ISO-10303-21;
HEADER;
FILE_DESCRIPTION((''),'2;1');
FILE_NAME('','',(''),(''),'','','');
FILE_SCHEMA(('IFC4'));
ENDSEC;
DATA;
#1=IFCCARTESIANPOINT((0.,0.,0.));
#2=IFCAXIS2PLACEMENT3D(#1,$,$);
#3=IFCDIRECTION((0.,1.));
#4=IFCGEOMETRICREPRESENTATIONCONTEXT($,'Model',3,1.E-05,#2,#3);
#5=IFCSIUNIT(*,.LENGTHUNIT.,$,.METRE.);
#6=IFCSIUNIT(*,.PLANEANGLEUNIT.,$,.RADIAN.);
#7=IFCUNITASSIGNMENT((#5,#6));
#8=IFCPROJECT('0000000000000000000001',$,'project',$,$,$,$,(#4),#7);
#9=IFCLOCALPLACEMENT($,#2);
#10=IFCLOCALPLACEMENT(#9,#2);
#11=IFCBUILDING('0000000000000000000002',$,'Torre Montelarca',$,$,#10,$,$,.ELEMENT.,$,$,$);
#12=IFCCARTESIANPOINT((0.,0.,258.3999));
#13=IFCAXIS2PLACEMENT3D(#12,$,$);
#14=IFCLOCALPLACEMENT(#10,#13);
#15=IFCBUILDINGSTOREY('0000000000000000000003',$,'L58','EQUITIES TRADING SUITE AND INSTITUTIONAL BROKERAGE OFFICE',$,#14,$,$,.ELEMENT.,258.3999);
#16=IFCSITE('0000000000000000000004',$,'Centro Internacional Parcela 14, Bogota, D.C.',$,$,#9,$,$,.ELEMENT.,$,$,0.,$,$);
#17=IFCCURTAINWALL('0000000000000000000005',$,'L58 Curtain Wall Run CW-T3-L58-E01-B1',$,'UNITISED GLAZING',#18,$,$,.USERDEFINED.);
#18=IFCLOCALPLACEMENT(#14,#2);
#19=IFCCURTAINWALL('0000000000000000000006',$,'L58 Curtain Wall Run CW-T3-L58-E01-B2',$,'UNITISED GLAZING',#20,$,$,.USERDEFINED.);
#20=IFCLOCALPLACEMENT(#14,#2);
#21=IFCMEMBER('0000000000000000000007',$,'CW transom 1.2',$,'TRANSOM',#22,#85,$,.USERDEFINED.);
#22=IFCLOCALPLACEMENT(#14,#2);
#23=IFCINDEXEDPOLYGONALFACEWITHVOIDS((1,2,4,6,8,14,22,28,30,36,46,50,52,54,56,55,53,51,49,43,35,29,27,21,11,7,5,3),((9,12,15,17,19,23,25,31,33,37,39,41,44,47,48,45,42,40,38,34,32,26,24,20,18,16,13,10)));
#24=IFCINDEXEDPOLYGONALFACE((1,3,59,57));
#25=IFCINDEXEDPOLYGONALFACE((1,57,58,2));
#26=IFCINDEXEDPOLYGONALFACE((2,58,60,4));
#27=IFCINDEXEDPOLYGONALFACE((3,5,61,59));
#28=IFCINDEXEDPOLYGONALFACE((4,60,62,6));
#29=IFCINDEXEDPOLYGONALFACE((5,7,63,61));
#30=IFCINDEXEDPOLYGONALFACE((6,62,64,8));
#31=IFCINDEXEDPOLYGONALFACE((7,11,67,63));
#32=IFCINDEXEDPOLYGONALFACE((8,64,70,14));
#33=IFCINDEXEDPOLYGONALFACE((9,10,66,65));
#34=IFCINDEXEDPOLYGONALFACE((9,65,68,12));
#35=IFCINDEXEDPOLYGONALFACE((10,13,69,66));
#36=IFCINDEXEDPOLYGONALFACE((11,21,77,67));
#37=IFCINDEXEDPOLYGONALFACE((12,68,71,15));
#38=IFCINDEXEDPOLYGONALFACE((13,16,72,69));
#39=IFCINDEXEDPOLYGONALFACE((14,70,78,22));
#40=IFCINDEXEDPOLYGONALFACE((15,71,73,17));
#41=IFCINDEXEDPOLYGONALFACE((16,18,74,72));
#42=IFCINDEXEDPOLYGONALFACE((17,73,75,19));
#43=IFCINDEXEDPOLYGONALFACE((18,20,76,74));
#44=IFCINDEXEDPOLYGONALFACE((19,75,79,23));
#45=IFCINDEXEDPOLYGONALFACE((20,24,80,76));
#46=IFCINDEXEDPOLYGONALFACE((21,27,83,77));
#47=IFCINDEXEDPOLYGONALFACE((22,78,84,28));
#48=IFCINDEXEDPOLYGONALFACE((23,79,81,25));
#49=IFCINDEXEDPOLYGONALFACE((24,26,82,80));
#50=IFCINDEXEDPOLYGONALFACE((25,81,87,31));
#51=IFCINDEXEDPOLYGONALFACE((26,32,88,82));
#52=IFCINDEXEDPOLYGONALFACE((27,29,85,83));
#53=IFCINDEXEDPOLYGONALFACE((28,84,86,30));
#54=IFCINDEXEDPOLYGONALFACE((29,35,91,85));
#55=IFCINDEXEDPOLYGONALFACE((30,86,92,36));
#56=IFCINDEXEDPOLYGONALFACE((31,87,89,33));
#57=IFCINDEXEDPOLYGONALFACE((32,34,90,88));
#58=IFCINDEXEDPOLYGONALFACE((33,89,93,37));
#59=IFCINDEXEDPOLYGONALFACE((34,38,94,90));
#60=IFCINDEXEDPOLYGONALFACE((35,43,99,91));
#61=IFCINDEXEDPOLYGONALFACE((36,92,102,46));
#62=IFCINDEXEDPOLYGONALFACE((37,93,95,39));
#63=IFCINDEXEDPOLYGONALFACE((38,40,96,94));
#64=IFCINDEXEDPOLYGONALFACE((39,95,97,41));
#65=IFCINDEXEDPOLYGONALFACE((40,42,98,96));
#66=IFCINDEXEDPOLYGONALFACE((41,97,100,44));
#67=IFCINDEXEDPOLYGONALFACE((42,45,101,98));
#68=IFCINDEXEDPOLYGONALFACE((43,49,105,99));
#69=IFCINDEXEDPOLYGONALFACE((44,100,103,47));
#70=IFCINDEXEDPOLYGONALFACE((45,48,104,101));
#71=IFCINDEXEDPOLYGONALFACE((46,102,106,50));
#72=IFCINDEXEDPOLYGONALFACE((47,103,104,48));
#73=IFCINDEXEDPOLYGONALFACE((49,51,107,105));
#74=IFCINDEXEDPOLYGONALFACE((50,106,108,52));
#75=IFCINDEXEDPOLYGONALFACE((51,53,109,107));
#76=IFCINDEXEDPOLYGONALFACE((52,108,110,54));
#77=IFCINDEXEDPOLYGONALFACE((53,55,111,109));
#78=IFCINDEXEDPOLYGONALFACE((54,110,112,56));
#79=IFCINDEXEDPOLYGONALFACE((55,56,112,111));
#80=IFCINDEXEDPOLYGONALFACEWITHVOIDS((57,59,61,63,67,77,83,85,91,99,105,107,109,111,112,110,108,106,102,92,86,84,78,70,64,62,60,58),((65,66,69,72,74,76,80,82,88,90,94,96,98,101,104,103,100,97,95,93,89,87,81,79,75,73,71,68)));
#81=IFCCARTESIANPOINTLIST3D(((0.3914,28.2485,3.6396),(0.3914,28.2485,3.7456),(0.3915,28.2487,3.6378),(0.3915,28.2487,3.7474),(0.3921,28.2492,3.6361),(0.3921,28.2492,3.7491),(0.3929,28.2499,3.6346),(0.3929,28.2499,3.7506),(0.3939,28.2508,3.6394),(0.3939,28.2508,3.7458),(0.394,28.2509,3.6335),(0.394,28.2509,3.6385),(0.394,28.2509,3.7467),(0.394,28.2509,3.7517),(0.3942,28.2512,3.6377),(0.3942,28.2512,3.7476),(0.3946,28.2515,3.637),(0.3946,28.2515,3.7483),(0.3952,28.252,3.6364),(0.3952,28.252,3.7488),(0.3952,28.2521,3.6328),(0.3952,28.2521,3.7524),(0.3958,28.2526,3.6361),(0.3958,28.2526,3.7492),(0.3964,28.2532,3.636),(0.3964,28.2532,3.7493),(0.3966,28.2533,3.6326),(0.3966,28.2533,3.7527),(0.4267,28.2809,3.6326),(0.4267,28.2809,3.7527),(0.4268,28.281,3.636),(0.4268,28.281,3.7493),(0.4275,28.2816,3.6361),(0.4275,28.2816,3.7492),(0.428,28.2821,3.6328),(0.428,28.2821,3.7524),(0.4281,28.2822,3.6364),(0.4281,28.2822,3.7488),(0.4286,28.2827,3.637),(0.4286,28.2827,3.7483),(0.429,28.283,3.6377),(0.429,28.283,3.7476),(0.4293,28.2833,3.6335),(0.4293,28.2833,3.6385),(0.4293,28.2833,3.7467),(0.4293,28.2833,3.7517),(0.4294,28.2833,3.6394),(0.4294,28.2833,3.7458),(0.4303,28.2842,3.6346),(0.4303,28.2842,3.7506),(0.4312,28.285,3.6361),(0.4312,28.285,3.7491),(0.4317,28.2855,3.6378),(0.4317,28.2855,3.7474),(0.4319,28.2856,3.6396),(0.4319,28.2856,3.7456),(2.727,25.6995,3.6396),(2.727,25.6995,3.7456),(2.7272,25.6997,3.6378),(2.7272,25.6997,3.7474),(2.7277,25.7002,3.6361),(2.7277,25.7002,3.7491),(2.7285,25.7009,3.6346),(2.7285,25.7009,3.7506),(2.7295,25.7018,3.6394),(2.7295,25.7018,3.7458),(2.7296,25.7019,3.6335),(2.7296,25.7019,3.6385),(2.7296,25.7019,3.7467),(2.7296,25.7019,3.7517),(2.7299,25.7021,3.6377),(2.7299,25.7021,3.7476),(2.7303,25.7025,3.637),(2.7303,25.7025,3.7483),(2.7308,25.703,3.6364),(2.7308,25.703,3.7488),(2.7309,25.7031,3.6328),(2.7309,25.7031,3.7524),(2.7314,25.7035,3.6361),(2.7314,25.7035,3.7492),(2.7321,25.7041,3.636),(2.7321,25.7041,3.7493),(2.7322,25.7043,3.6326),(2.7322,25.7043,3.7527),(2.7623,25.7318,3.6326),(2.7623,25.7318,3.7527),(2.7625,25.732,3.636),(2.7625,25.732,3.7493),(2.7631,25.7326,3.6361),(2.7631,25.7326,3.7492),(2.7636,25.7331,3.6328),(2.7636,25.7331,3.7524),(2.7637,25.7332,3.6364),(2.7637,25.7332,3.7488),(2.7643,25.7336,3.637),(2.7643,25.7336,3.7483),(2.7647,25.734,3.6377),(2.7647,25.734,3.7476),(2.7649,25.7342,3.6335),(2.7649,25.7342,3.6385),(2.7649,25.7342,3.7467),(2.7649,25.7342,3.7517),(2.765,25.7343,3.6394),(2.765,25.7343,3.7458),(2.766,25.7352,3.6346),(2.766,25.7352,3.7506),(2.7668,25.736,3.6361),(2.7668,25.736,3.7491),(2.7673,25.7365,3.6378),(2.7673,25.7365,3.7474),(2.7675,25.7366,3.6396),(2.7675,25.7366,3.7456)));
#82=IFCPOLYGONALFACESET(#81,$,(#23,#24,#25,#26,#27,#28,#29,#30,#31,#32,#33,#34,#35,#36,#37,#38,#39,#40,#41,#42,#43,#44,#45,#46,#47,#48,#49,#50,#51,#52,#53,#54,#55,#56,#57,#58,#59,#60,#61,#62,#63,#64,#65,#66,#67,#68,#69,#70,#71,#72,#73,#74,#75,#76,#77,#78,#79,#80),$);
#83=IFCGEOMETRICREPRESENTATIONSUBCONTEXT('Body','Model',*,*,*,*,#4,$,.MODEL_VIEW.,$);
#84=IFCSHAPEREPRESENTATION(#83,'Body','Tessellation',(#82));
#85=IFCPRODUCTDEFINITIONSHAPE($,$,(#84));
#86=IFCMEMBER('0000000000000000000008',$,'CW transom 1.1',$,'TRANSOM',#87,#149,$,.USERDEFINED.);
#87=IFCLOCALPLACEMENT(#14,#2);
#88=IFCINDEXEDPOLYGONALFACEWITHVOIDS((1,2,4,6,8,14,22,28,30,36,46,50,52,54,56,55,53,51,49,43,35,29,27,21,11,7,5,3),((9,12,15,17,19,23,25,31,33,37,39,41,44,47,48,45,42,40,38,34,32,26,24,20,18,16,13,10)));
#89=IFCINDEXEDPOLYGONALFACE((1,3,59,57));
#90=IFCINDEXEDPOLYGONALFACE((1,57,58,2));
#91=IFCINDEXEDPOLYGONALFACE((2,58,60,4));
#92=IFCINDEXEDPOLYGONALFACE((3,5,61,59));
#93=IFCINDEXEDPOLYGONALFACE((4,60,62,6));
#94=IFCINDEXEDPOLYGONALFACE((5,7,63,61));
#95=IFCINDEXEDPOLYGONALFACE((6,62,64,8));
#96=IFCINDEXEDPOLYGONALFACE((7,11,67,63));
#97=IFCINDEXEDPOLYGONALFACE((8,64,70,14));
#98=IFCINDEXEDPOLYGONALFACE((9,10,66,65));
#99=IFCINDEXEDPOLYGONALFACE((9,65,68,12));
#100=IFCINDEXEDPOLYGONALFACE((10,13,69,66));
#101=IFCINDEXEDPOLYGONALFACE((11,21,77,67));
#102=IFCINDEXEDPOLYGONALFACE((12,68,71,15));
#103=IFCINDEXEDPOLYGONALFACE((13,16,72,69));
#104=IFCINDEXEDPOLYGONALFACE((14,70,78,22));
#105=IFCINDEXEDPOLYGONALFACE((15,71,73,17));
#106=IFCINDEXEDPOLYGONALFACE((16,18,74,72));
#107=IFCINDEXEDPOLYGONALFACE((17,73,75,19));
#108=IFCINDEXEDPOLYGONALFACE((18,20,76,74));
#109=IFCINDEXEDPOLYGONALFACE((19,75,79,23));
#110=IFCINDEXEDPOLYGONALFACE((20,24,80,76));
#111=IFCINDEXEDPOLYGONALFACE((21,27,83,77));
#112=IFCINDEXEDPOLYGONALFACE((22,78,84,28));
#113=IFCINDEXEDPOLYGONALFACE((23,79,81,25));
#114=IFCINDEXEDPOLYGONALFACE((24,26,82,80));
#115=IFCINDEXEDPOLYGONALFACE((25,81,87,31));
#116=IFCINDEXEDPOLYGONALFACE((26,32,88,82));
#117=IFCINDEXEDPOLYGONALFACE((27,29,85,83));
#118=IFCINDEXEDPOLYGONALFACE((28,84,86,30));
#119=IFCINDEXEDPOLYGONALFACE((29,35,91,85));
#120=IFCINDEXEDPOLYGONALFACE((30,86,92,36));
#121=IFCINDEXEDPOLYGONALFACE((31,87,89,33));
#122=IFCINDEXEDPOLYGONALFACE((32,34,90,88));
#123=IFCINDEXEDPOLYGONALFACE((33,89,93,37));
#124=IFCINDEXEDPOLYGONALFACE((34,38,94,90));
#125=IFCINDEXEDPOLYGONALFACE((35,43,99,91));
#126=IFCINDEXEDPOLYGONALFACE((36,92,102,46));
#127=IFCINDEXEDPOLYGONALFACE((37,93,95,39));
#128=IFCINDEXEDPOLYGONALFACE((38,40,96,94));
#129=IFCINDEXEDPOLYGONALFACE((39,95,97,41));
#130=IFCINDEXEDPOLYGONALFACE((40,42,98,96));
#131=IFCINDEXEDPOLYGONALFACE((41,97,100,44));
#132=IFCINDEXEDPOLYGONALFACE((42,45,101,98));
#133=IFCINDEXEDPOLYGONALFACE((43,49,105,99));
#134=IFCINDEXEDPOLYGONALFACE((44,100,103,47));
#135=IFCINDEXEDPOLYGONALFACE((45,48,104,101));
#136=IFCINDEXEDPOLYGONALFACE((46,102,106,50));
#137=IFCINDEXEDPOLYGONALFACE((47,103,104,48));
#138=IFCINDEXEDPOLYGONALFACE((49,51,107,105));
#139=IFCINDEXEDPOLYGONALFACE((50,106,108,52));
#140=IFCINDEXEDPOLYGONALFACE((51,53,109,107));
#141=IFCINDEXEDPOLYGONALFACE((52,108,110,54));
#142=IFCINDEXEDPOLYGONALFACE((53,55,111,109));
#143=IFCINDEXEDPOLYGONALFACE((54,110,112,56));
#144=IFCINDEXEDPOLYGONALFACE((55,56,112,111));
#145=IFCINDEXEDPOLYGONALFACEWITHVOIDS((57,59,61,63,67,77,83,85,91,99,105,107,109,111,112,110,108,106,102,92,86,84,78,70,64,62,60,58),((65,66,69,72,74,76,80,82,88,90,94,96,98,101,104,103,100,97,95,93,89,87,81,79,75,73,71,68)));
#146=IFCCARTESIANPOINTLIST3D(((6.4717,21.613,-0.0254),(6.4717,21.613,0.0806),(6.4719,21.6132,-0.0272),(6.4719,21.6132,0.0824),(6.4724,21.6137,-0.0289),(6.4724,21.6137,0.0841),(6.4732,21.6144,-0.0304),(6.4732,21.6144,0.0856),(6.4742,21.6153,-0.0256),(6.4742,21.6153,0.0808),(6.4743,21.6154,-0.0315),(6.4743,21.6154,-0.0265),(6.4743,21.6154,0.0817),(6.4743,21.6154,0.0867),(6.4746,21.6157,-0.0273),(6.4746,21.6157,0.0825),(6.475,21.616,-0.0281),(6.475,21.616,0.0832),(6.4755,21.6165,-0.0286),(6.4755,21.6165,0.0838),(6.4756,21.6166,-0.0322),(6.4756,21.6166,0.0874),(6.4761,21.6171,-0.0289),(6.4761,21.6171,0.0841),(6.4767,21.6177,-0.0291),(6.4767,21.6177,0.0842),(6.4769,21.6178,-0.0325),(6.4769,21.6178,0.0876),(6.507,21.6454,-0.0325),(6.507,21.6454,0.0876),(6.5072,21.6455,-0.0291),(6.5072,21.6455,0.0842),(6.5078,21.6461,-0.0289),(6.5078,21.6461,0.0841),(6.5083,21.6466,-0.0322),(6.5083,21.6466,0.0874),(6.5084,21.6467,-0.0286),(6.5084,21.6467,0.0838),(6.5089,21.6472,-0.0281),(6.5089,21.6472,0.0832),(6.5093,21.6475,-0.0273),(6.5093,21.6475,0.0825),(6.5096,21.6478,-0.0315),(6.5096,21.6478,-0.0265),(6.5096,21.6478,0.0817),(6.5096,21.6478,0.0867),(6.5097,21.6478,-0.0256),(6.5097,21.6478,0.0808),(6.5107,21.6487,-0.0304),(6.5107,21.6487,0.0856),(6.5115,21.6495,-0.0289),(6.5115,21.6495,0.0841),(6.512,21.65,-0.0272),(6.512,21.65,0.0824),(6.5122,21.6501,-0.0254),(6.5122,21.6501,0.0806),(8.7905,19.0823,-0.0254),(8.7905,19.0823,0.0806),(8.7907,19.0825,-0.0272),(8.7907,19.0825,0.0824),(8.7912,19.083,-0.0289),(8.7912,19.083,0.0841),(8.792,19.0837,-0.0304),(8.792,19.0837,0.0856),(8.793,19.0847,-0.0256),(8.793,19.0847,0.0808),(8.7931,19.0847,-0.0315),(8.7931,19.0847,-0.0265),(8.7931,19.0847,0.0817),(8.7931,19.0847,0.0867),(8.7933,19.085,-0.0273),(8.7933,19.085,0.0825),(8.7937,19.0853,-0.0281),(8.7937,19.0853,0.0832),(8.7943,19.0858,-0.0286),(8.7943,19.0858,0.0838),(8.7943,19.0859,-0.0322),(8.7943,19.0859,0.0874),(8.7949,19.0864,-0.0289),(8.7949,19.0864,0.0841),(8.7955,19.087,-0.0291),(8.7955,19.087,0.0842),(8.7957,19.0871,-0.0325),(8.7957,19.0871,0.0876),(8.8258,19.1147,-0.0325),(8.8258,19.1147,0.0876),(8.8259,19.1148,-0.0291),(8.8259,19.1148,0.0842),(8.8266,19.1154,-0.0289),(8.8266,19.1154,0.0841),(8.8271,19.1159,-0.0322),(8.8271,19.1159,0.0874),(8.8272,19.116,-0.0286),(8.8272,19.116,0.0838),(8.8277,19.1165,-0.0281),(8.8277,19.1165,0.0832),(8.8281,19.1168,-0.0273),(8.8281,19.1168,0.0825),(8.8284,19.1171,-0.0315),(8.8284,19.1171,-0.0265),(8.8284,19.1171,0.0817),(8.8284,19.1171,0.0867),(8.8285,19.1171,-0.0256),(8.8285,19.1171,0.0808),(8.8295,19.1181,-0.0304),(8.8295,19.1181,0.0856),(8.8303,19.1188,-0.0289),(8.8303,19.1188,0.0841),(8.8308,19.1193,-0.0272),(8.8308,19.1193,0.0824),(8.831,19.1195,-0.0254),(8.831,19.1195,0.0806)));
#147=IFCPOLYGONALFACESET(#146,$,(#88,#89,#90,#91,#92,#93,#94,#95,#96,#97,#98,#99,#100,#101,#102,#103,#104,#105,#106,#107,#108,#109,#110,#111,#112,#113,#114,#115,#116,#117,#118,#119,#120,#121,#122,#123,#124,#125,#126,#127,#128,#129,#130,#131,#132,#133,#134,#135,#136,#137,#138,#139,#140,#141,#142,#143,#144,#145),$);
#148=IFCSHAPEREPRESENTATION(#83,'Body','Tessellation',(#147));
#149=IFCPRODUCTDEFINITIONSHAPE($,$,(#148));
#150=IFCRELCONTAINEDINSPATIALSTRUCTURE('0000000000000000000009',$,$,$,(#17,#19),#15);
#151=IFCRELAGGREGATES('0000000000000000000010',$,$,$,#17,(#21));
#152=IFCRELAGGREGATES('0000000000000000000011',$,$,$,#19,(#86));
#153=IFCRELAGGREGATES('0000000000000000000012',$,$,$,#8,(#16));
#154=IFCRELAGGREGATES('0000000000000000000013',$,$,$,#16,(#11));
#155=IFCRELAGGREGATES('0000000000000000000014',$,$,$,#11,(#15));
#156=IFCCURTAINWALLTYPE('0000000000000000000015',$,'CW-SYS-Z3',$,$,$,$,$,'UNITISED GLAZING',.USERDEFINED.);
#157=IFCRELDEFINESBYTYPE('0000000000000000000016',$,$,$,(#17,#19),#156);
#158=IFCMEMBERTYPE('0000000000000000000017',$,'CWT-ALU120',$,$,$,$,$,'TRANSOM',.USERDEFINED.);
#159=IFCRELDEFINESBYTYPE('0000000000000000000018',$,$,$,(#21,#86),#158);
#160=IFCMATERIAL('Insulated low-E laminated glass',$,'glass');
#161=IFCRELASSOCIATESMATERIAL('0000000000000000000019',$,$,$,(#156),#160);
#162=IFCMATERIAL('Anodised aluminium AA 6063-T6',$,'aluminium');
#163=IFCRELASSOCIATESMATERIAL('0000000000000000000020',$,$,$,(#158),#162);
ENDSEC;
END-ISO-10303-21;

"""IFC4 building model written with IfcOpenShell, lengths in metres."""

from ifc_helpers import new_model, si_unit, direction, frame, origin, origin_2d, place, context, subcontext, project, spatial, hollow_rectangle, extrude, source, transform, mapped, material, material_profile, profile_set, type_object, element, aggregate, save


model = new_model("IFC4")

# Units and contexts
model_context = context("Model", 3, precision=1e-05, world=origin(), true_north=direction((0.0, 1.0)))
body_context = subcontext(model_context, "Body", "Model", "MODEL_VIEW")
ifc_project = project(units=[si_unit("LENGTHUNIT", "METRE"), si_unit("PLANEANGLEUNIT", "RADIAN")], contexts=[model_context])

# Site, building, storey
site_placement = place(None, origin())
site = spatial("IfcSite", under=ifc_project, at=site_placement, Name="Centro Internacional Parcela 14, Bogota, D.C.", CompositionType="ELEMENT", RefElevation=0.0)
building_placement = place(site_placement, origin())
building = spatial("IfcBuilding", under=site, at=building_placement, Name="Torre Montelarca", CompositionType="ELEMENT")
storey_placement = place(building_placement, frame((0.0, 0.0, 258.3999)))
storey = spatial("IfcBuildingStorey", under=building, at=storey_placement, Name="L58", Description="EQUITIES TRADING SUITE AND INSTITUTIONAL BROKERAGE OFFICE", CompositionType="ELEMENT", Elevation=258.3999)

# Curtain walls
ifc_material_1 = material(Name="Insulated low-E laminated glass", Category="glass")
curtain_wall_type = type_object("IfcCurtainWallType", Name="CW-SYS-Z3", ElementType="UNITISED GLAZING", PredefinedType="USERDEFINED", material=ifc_material_1)
curtain_wall_1_placement = place(storey_placement, origin())
curtain_wall_1 = element("IfcCurtainWall", 1, at=curtain_wall_1_placement, inside=storey, type_object=curtain_wall_type, Name="L58 Curtain Wall Run CW-T3-L58-E01-B1", ObjectType="UNITISED GLAZING", PredefinedType="USERDEFINED")
ifc_material_2 = material(Name="Anodised aluminium AA 6063-T6", Category="aluminium")
curtain_wall_2_placement = place(storey_placement, origin())
curtain_wall_2 = element("IfcCurtainWall", 2, at=curtain_wall_2_placement, inside=storey, type_object=curtain_wall_type, Name="L58 Curtain Wall Run CW-T3-L58-E01-B2", ObjectType="UNITISED GLAZING", PredefinedType="USERDEFINED")

# Members
ifc_material_profile_1 = material_profile(ifc_material_2, hollow_rectangle(XDim=0.0549, YDim=0.1201, WallThickness=0.0034, InnerFilletRadius=0.0034, OuterFilletRadius=0.0071, at=origin_2d()), Name="ALU55X120X3.5", Category="aluminium")
ifc_profile_set_1 = profile_set([ifc_material_profile_1], Name="Anodised aluminium AA 6063-T6")
member_type_1 = type_object("IfcMemberType", Name="CWT-ALU120", ElementType="TRANSOM", PredefinedType="USERDEFINED", material=ifc_profile_set_1)
shared_shape_1 = source(origin(), body_context, "Body", "SweptSolid", [
    extrude(hollow_rectangle(XDim=0.0549, YDim=0.1201, WallThickness=0.0034, InnerFilletRadius=0.0034, OuterFilletRadius=0.0071, at=origin_2d()), origin(), (0.0, 0.0, 1.0), 3.4573),
])
member_1_placement = place(storey_placement, frame((0.4116, 28.2671, 3.6926), z_axis=(0.675574, -0.737292, 0.0), x_axis=(0.737292, 0.675574, 0.0)))
member_1 = element("IfcMember", 3, at=member_1_placement, type_object=member_type_1, Name="CW transom 1.2", ObjectType="TRANSOM", PredefinedType="USERDEFINED", context=body_context, shape_type="MappedRepresentation", body=[
    mapped(shared_shape_1, transform((0.0, 0.0, 0.0), scale=1.0)),
])
shared_shape_2 = source(origin(), body_context, "Body", "SweptSolid", [
    extrude(hollow_rectangle(XDim=0.0549, YDim=0.1201, WallThickness=0.0034, InnerFilletRadius=0.0034, OuterFilletRadius=0.0071, at=origin_2d()), origin(), (0.0, 0.0, 1.0), 3.4324),
])
member_2_placement = place(storey_placement, frame((6.4919, 21.6316, 0.0276), z_axis=(0.675564, -0.737302, 0.0), x_axis=(0.737302, 0.675564, 0.0)))
member_2 = element("IfcMember", 4, at=member_2_placement, type_object=member_type_1, Name="CW transom 1.1", ObjectType="TRANSOM", PredefinedType="USERDEFINED", context=body_context, shape_type="MappedRepresentation", body=[
    mapped(shared_shape_2, transform((0.0, 0.0, 0.0), scale=1.0)),
])

aggregate(curtain_wall_1, [member_1])
aggregate(curtain_wall_2, [member_2])

save(model, "model.ifc")
